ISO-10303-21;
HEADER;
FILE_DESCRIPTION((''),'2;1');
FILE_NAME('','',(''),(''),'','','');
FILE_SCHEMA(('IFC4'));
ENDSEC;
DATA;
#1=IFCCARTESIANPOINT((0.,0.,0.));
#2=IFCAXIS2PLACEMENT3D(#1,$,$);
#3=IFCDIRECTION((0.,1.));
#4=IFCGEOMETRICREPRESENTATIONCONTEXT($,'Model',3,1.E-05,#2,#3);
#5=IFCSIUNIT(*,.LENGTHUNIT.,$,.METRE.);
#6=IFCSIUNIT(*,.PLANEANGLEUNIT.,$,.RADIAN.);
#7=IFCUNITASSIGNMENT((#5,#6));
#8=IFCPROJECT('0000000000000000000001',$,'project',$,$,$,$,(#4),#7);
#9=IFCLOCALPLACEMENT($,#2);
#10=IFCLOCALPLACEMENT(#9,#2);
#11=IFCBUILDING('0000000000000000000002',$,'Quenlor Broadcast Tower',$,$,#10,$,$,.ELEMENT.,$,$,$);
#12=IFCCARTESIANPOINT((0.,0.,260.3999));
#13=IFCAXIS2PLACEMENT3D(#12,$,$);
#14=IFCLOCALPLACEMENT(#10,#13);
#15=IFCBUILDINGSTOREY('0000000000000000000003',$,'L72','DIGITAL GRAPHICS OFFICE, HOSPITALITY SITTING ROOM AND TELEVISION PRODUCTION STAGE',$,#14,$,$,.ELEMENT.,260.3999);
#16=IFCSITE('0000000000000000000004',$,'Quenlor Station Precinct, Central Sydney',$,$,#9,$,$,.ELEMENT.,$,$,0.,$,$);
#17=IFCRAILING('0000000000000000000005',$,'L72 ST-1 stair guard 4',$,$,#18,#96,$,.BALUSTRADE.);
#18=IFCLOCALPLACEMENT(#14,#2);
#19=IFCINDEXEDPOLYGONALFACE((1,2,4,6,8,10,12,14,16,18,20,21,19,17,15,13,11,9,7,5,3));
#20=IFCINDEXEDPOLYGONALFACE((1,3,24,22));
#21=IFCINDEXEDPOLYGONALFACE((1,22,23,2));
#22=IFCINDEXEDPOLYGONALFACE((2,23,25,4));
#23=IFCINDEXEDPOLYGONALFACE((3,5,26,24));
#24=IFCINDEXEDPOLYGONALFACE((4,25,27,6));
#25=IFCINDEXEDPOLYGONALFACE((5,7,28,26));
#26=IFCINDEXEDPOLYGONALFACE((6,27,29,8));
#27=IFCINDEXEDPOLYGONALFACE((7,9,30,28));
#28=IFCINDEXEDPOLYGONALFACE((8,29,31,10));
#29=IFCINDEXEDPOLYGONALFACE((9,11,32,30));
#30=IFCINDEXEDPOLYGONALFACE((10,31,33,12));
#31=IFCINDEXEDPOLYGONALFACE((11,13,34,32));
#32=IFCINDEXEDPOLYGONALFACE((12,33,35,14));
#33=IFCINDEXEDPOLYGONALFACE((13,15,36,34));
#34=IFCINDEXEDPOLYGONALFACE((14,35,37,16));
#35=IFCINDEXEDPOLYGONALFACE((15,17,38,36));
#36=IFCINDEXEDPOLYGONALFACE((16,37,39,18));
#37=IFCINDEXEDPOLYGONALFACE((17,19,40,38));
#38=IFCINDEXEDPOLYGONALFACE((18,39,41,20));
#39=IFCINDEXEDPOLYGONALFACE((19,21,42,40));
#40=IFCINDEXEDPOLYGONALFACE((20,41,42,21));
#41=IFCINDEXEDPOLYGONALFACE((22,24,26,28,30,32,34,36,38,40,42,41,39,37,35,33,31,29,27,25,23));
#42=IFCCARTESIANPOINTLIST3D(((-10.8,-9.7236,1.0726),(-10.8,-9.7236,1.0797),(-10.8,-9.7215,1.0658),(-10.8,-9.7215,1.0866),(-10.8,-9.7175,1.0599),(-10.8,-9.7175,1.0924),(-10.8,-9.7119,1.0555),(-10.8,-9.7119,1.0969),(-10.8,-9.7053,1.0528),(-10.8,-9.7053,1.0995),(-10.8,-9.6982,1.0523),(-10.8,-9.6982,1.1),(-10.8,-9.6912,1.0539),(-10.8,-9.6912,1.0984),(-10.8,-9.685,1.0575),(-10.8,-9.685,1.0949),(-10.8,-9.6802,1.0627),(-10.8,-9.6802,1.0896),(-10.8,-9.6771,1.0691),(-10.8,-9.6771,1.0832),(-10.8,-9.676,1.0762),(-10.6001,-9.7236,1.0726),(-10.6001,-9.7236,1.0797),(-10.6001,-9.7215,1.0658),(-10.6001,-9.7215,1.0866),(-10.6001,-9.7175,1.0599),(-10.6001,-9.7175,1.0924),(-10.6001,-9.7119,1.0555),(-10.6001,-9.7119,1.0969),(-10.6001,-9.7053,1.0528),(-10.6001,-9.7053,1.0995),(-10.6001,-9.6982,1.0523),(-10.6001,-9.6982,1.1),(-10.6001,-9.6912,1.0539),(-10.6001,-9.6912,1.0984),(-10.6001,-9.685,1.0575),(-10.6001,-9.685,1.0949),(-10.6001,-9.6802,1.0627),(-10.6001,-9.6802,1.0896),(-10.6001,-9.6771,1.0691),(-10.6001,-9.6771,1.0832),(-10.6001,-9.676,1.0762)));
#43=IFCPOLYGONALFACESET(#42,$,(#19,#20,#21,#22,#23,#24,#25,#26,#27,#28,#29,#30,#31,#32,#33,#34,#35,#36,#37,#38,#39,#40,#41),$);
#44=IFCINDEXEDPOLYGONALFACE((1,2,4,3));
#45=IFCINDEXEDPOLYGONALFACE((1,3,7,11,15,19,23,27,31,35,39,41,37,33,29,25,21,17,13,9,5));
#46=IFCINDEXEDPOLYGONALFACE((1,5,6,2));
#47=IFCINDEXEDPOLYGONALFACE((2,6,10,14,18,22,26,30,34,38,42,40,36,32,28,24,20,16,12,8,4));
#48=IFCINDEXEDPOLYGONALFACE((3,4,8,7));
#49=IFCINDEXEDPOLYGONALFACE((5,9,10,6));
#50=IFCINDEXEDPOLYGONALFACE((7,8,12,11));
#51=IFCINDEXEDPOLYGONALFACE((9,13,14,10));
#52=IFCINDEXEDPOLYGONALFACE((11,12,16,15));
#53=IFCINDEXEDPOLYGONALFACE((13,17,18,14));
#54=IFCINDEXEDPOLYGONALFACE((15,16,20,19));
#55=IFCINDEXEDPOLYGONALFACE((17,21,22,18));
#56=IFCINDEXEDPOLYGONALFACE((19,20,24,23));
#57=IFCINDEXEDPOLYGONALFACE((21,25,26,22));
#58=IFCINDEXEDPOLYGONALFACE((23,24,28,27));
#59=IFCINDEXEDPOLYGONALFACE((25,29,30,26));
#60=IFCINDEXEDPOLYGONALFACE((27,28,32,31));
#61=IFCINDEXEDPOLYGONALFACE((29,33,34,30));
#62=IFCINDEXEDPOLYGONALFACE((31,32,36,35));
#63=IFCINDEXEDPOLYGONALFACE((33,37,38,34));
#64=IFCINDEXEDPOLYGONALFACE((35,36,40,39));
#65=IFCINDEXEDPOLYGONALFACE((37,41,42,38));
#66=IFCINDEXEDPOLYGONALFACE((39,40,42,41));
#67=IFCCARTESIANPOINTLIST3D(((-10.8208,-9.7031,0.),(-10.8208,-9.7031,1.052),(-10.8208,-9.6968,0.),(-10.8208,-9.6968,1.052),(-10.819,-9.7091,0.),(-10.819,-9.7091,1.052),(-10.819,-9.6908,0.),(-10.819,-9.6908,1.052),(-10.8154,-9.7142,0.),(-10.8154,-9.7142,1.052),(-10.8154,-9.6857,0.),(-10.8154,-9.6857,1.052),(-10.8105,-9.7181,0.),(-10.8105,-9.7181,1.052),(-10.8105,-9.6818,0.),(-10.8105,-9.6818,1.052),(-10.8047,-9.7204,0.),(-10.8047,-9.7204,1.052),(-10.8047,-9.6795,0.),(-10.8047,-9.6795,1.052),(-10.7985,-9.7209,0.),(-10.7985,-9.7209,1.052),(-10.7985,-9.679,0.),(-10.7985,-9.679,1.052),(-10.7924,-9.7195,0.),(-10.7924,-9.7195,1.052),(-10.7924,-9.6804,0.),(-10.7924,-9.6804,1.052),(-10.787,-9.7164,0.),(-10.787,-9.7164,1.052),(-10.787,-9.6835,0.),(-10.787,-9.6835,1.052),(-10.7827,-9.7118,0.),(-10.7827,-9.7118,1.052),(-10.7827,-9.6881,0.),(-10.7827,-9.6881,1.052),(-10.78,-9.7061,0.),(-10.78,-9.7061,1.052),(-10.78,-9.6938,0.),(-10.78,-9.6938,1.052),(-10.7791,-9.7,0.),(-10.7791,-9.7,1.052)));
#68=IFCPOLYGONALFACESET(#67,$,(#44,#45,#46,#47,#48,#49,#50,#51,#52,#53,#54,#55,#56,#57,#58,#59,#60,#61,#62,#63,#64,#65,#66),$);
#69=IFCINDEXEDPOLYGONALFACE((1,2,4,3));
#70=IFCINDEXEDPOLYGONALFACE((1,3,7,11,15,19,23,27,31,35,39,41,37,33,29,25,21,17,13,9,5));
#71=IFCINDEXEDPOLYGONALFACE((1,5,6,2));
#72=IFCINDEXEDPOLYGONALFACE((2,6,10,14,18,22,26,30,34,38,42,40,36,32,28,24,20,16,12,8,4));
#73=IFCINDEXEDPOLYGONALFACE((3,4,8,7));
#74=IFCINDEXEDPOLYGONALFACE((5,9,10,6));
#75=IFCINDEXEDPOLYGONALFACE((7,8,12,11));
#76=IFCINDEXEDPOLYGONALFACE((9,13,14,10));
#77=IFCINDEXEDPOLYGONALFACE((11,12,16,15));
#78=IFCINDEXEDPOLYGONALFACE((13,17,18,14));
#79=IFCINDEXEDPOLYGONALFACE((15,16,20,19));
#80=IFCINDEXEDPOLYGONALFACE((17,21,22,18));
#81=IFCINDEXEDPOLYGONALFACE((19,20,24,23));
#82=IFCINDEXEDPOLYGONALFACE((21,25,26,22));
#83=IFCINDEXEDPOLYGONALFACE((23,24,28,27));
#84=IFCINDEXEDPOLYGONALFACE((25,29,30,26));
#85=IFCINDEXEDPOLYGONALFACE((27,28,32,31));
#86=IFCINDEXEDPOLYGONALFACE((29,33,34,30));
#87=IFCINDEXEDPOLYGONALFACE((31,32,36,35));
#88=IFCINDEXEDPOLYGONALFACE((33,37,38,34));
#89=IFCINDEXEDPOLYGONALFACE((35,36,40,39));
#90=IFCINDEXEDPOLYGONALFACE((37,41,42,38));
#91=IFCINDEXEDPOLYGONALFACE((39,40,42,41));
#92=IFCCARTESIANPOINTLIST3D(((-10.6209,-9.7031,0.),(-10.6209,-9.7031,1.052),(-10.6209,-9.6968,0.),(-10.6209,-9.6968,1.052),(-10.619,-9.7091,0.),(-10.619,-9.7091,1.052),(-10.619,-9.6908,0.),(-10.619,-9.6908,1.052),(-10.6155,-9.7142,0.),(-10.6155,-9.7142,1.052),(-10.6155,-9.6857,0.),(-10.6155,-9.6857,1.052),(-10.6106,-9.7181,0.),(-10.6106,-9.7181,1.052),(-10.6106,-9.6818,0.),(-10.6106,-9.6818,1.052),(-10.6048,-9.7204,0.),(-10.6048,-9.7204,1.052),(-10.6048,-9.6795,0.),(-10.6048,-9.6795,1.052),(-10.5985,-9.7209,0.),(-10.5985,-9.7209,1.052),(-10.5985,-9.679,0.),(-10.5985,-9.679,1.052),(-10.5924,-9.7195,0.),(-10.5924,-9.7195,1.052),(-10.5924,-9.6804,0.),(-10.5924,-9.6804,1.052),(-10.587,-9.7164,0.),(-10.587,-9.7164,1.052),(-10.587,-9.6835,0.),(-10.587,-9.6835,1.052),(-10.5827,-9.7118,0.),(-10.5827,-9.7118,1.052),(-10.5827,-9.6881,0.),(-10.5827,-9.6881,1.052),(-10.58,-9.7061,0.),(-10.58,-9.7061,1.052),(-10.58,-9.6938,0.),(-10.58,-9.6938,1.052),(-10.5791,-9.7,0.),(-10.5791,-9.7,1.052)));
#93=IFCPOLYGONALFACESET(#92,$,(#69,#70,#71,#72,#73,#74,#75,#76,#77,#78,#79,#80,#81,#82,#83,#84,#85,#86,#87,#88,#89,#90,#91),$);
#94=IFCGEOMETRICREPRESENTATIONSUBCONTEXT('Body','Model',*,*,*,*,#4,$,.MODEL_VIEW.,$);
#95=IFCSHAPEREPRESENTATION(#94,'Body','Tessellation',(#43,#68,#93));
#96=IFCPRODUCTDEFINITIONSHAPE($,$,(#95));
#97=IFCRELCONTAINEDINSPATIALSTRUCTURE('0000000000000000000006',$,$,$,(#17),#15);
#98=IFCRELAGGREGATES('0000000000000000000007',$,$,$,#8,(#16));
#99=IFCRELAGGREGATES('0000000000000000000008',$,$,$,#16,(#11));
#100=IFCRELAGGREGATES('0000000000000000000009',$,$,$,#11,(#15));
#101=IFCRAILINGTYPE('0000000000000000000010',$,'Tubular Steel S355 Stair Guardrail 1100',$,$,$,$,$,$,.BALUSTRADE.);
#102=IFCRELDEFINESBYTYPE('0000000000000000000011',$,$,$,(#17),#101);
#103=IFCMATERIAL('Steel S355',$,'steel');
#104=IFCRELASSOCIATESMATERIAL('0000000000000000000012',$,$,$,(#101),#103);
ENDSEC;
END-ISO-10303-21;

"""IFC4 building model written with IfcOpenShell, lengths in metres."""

from ifc_helpers import new_model, si_unit, direction, frame, origin, origin_2d, place, context, subcontext, project, spatial, circle, extrude, material, type_object, element, save


model = new_model("IFC4")

# Units and contexts
model_context = context("Model", 3, precision=1e-05, world=origin(), true_north=direction((0.0, 1.0)))
body_context = subcontext(model_context, "Body", "Model", "MODEL_VIEW")
ifc_project = project(units=[si_unit("LENGTHUNIT", "METRE"), si_unit("PLANEANGLEUNIT", "RADIAN")], contexts=[model_context])

# Site, building, storey
site_placement = place(None, origin())
site = spatial("IfcSite", under=ifc_project, at=site_placement, Name="Quenlor Station Precinct, Central Sydney", CompositionType="ELEMENT", RefElevation=0.0)
building_placement = place(site_placement, origin())
building = spatial("IfcBuilding", under=site, at=building_placement, Name="Quenlor Broadcast Tower", CompositionType="ELEMENT")
storey_placement = place(building_placement, frame((0.0, 0.0, 260.3999)))
storey = spatial("IfcBuildingStorey", under=building, at=storey_placement, Name="L72", Description="DIGITAL GRAPHICS OFFICE, HOSPITALITY SITTING ROOM AND TELEVISION PRODUCTION STAGE", CompositionType="ELEMENT", Elevation=260.3999)

# Railing
ifc_material_1 = material(Name="Steel S355", Category="steel")
railing_type_1 = type_object("IfcRailingType", Name="Tubular Steel S355 Stair Guardrail 1100", PredefinedType="BALUSTRADE", material=ifc_material_1)
railing_1_placement = place(storey_placement, frame((-10.8, -9.7, 0.0)))
element("IfcRailing", 1, at=railing_1_placement, inside=storey, type_object=railing_type_1, Name="L72 ST-1 stair guard 4", PredefinedType="BALUSTRADE", context=body_context, shape_type="SweptSolid", body=[
    extrude(circle(Radius=0.0239, at=origin_2d()), frame((0.0, 0.0, 1.0762), z_axis=(1.0, 0.0, 0.0), x_axis=(0.0, 1.0, 0.0)), (0.0, 0.0, 1.0), 0.2),
    extrude(circle(Radius=0.021, at=origin_2d()), origin(), (0.0, 0.0, 1.0), 1.052),
    extrude(circle(Radius=0.021, at=origin_2d()), frame((0.2, 0.0, 0.0)), (0.0, 0.0, 1.0), 1.052),
])

save(model, "model.ifc")
